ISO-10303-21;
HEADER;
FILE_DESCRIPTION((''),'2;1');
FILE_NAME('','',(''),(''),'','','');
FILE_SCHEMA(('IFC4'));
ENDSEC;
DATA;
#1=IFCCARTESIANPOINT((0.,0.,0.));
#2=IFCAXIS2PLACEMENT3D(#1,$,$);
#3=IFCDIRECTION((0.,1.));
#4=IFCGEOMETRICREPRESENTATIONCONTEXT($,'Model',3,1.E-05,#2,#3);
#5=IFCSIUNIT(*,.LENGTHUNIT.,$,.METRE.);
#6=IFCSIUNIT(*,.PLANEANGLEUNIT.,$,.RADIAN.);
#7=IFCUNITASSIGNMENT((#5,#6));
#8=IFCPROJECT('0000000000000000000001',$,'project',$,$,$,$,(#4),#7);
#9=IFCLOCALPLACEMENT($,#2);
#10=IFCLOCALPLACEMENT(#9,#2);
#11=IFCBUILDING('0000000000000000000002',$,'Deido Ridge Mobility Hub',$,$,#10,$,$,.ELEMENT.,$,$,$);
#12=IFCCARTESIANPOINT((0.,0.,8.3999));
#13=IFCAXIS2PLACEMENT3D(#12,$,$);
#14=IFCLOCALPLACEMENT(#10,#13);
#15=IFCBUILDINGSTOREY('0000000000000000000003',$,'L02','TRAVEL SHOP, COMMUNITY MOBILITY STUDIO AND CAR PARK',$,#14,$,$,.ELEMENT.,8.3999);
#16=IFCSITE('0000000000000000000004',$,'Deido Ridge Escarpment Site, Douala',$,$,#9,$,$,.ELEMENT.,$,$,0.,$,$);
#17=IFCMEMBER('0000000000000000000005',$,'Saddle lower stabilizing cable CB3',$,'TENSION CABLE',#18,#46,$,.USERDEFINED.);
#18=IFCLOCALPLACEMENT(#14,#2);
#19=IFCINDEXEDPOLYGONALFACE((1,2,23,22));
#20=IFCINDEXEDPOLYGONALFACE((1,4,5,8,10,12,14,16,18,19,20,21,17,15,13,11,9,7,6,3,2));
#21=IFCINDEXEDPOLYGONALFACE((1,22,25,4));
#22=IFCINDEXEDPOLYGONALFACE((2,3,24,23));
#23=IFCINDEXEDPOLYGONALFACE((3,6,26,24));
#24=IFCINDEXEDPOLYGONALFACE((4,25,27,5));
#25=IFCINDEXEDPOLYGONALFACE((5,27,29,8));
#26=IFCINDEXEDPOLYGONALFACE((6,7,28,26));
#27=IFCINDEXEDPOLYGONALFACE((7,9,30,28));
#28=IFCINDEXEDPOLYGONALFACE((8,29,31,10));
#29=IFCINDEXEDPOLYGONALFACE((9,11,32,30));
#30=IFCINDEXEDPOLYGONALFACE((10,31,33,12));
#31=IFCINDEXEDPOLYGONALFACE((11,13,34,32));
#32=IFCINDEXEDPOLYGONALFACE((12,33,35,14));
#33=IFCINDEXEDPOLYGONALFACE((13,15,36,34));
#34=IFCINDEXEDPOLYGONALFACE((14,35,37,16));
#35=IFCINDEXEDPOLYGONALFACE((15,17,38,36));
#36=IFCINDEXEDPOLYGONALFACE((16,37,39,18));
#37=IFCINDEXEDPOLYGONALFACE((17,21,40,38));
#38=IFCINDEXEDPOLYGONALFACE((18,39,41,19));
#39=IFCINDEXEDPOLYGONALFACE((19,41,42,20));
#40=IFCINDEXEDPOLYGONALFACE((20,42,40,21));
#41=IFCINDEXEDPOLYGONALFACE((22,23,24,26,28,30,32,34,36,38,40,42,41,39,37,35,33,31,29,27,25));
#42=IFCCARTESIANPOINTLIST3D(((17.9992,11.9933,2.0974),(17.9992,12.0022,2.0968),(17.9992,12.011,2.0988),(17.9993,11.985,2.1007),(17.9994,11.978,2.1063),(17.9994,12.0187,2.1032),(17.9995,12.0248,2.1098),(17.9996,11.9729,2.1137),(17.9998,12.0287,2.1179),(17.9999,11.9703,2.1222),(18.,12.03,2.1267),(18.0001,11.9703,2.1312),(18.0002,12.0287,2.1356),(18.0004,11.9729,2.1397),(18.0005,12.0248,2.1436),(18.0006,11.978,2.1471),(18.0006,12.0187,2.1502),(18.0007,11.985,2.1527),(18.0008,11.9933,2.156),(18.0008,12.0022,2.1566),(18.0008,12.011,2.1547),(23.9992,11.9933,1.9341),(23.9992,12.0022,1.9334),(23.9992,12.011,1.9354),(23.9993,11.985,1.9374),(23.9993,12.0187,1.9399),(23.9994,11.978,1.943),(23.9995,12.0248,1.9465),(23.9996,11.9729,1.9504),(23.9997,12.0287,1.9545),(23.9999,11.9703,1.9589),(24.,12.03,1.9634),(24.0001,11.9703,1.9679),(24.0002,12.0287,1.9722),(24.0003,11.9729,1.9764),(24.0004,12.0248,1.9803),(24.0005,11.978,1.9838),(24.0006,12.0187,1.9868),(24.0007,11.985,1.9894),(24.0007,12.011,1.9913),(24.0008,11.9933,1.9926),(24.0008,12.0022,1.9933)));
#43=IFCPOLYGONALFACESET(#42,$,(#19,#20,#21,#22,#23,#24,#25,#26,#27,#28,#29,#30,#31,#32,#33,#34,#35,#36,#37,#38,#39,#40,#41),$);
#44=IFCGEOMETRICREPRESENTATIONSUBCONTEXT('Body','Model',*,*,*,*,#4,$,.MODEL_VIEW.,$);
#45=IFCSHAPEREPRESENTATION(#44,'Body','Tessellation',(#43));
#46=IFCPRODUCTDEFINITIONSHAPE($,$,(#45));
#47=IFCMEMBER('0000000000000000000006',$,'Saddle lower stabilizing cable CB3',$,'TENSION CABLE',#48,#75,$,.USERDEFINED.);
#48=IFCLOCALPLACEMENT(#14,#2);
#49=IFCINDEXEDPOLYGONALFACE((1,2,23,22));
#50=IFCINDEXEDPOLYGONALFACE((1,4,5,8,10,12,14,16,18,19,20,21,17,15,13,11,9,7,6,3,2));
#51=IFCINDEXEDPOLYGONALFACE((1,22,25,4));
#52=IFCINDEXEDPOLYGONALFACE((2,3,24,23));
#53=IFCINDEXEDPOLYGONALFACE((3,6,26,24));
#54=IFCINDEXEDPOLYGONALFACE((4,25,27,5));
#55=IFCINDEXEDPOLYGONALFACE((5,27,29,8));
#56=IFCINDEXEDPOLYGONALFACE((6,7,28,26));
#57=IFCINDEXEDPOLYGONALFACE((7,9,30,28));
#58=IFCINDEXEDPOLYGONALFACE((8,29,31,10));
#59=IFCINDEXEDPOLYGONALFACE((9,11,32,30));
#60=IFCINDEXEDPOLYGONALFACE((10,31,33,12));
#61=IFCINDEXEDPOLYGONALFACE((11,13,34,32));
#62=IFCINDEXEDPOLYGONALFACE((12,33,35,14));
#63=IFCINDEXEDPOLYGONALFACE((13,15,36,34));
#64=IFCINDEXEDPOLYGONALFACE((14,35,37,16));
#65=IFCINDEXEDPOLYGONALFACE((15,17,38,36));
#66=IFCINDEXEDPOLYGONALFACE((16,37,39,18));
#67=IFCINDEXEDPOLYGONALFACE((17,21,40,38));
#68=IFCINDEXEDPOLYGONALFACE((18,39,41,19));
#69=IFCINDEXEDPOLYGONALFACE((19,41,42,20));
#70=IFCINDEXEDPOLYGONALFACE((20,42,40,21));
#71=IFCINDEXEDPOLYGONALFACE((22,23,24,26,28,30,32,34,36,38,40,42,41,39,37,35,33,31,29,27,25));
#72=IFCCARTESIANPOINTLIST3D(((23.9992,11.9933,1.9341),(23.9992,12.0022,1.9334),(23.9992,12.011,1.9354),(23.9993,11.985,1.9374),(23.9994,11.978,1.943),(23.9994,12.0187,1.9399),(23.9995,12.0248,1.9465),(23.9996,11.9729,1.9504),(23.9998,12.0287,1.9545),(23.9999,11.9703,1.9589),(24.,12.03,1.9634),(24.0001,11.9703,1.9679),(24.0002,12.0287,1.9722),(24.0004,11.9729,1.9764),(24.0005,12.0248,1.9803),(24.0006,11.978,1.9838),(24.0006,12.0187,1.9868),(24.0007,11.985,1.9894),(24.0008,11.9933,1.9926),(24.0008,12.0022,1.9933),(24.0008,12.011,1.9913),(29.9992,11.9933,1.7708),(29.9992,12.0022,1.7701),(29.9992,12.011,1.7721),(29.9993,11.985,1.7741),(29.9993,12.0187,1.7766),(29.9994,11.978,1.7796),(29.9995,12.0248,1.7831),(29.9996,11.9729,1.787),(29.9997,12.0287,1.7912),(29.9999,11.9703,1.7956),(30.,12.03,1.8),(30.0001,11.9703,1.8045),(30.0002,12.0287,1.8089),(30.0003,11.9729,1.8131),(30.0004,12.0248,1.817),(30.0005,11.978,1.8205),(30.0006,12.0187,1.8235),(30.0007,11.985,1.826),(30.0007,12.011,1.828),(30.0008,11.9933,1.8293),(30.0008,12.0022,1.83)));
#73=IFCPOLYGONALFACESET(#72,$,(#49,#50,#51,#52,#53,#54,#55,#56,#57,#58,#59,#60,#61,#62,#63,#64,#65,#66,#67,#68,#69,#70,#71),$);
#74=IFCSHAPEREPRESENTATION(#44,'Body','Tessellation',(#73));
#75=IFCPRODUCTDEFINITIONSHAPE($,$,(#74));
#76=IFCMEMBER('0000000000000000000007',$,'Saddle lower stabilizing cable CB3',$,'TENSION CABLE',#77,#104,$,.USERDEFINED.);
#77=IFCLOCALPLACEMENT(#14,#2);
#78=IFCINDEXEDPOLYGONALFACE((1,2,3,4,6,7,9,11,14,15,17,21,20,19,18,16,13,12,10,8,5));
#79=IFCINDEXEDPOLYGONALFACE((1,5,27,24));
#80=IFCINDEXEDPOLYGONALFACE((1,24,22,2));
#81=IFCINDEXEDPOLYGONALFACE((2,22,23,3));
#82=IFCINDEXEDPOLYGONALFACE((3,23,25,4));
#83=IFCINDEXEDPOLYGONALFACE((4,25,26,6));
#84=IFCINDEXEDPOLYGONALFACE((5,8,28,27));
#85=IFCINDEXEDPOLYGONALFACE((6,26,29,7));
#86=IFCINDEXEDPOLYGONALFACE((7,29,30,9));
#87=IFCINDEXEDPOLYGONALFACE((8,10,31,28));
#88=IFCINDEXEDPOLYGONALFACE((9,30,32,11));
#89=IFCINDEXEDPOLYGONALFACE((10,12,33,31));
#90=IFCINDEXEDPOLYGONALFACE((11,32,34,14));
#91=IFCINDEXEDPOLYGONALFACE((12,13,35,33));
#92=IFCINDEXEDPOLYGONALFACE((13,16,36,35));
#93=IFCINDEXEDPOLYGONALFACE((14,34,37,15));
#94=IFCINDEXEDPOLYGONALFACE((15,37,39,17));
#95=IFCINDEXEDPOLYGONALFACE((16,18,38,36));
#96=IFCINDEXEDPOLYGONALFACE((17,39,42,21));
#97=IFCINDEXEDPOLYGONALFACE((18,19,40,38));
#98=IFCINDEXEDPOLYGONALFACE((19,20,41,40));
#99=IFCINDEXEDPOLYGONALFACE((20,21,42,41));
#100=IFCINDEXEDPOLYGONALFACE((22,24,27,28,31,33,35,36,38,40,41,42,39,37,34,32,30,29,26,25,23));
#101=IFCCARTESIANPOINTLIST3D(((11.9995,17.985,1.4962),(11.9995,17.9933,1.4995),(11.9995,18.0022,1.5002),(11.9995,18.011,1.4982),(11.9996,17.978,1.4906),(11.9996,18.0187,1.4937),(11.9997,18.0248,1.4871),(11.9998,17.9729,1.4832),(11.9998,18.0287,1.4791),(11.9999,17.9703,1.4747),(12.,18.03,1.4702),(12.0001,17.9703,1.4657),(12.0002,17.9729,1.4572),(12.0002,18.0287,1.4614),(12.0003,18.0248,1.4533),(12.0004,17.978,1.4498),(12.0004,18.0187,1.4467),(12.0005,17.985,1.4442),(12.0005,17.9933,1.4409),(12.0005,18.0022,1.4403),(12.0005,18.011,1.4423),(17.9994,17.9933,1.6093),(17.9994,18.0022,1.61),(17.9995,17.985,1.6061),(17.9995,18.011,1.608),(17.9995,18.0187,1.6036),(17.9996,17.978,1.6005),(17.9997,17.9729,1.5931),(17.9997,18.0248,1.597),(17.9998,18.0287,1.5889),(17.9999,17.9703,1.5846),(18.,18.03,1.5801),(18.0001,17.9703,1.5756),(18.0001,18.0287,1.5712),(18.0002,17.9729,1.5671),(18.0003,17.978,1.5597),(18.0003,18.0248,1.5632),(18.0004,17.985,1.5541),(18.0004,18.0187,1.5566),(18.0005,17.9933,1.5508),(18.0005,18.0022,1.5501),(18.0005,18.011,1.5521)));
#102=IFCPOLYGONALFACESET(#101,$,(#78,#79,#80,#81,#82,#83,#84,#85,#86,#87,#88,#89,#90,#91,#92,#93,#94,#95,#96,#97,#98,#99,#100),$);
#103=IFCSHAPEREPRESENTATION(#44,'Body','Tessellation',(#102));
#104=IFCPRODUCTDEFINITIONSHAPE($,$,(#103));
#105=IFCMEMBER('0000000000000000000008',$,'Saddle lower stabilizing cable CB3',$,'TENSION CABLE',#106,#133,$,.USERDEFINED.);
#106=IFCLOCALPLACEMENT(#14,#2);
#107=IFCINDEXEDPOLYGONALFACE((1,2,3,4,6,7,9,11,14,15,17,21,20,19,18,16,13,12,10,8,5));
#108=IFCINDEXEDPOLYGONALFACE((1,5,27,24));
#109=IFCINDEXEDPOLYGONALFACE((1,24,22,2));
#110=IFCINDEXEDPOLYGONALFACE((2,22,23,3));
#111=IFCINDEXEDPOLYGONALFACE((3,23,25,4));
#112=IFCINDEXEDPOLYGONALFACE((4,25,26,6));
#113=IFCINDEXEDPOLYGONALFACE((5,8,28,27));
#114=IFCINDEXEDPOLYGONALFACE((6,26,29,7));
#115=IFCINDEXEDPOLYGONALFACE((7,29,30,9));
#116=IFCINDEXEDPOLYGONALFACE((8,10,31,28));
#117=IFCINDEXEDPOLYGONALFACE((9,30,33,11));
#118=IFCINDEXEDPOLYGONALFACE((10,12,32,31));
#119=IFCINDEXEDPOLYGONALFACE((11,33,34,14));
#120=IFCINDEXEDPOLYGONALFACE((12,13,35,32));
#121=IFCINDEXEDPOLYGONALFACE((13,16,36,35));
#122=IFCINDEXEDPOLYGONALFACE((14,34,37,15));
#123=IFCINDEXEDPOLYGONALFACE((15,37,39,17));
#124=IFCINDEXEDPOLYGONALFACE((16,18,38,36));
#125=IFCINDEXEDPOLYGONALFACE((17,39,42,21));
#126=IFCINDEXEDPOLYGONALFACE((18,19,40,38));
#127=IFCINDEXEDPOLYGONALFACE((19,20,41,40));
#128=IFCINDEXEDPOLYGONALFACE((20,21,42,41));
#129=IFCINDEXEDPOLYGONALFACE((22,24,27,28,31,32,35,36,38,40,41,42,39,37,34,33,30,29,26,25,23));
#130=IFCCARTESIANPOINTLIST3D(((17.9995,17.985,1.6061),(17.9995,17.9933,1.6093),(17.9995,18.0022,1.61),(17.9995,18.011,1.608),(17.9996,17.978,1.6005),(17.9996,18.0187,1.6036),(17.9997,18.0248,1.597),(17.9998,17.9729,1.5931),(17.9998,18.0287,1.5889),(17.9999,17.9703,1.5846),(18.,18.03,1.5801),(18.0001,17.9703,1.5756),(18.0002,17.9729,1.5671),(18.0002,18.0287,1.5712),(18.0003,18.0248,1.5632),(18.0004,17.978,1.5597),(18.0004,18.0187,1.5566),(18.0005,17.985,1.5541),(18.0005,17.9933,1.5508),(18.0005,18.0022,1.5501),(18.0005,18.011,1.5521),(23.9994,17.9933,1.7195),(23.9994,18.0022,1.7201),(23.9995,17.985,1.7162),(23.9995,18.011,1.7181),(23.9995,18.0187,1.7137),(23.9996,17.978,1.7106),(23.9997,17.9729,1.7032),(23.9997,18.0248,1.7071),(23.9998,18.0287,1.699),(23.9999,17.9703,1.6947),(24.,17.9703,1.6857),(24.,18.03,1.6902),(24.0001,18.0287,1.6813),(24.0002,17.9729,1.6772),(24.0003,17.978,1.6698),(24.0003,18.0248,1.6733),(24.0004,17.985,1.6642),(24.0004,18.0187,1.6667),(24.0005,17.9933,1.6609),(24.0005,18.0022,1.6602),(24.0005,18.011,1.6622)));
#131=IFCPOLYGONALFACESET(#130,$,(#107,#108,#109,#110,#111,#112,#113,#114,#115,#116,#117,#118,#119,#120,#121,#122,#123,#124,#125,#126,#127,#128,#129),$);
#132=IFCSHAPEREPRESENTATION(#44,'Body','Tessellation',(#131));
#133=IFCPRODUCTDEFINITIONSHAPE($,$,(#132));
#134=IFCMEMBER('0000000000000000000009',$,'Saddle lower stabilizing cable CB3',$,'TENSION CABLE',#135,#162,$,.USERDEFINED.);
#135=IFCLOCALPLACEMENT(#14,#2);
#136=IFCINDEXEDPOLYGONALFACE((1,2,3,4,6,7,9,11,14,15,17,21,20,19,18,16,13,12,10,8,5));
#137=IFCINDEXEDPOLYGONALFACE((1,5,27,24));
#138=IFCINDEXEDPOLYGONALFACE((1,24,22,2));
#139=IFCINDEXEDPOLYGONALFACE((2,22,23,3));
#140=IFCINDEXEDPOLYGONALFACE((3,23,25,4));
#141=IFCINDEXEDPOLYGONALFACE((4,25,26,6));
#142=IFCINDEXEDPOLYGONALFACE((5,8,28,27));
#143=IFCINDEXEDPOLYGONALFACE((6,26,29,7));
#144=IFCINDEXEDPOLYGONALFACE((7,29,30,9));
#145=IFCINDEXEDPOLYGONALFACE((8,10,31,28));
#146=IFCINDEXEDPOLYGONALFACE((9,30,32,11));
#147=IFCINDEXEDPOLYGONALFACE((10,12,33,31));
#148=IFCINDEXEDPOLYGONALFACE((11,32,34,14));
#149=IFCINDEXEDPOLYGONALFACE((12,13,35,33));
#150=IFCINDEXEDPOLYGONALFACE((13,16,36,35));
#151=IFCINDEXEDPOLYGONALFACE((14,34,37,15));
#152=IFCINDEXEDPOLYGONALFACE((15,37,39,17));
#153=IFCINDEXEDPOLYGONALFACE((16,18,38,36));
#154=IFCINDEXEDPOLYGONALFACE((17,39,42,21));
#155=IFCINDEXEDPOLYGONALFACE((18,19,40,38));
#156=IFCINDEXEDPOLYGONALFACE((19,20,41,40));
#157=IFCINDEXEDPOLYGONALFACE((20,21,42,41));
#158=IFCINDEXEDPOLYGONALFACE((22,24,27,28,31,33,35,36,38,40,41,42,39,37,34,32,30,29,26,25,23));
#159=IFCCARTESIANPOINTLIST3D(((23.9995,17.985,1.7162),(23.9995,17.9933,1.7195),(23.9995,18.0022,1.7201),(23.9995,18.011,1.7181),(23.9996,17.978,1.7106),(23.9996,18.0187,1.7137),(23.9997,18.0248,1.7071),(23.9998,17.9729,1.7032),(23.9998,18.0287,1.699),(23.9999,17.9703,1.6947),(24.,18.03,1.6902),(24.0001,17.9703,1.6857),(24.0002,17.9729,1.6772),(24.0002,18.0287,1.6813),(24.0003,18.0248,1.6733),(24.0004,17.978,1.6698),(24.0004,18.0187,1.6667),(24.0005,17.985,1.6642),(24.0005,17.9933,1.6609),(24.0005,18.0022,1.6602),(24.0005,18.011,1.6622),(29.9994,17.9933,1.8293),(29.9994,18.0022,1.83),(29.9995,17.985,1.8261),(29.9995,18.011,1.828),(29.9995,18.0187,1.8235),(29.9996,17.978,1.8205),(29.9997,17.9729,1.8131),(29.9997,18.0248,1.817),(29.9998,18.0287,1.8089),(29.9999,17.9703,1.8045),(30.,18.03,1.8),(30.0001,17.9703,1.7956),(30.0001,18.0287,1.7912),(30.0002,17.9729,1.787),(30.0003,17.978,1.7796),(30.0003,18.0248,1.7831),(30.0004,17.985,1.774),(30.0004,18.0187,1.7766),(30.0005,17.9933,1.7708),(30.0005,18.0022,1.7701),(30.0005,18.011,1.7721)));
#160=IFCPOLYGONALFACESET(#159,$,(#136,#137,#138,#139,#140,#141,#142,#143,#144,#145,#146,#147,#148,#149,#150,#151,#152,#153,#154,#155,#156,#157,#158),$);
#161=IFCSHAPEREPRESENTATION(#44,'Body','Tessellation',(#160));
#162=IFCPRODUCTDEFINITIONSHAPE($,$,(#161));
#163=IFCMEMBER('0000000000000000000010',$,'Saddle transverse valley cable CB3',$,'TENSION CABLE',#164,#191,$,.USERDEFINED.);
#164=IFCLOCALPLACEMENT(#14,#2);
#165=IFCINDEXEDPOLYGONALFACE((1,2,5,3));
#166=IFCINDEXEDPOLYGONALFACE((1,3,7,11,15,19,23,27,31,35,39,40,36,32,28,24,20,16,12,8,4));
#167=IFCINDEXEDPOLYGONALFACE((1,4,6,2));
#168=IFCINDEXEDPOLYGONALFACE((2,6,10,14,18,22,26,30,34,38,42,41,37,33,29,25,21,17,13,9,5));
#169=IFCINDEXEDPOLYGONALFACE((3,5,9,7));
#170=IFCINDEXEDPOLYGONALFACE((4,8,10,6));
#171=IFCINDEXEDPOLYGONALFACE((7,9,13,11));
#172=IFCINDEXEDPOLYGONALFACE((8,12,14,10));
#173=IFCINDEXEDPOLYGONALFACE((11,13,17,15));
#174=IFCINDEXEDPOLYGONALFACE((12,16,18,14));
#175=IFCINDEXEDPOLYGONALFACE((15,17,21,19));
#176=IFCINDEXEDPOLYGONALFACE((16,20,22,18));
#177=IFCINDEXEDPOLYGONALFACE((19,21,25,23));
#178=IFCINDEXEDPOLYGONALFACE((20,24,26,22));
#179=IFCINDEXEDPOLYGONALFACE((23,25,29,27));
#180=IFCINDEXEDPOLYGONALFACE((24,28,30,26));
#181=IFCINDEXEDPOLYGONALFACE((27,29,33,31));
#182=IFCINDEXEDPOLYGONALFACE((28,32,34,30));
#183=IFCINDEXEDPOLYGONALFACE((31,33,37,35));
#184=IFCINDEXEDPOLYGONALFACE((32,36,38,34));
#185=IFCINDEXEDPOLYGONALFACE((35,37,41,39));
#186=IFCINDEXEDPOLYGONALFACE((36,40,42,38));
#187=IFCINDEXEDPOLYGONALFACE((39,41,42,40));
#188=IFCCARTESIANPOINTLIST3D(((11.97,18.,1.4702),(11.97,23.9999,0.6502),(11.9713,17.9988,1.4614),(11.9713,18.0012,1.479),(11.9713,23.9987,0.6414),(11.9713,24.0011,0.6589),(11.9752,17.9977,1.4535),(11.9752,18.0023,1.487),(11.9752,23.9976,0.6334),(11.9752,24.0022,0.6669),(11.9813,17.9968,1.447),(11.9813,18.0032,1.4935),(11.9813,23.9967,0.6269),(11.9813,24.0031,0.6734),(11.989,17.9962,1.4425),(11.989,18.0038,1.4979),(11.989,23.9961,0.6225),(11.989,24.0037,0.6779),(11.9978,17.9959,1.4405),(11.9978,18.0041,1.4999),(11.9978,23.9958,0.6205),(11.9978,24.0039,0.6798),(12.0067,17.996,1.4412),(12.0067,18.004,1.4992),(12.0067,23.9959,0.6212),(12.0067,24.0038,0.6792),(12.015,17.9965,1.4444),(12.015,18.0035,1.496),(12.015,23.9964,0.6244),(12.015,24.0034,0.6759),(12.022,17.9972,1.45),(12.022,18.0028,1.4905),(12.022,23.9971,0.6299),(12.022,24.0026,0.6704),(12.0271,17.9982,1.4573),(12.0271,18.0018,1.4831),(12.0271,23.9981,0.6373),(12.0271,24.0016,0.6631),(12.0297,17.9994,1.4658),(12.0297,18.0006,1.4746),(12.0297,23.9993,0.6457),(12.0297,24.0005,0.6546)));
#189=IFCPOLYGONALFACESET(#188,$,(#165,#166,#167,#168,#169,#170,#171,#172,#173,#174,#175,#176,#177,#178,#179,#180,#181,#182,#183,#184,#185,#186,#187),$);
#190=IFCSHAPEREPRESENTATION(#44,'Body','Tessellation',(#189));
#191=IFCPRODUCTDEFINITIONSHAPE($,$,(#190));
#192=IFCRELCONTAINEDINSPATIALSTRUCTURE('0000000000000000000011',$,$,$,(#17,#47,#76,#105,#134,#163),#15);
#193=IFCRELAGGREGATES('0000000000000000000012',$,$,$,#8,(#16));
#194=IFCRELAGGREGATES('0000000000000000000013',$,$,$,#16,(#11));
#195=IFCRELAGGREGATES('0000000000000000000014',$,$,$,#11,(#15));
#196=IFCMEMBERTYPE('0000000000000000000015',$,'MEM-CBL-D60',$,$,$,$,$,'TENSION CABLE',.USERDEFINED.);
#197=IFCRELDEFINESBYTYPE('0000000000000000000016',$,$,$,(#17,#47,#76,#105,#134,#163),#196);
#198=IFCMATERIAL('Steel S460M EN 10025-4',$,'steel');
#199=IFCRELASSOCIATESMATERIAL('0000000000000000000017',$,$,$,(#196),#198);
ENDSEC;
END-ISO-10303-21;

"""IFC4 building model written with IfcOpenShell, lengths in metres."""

from ifc_helpers import new_model, si_unit, direction, frame, origin, origin_2d, place, context, subcontext, project, spatial, circle, extrude, material, material_profile, profile_set, type_object, element, save


model = new_model("IFC4")

# Units and contexts
model_context = context("Model", 3, precision=1e-05, world=origin(), true_north=direction((0.0, 1.0)))
body_context = subcontext(model_context, "Body", "Model", "MODEL_VIEW")
ifc_project = project(units=[si_unit("LENGTHUNIT", "METRE"), si_unit("PLANEANGLEUNIT", "RADIAN")], contexts=[model_context])

# Site, building, storey
site_placement = place(None, origin())
site = spatial("IfcSite", under=ifc_project, at=site_placement, Name="Deido Ridge Escarpment Site, Douala", CompositionType="ELEMENT", RefElevation=0.0)
building_placement = place(site_placement, origin())
building = spatial("IfcBuilding", under=site, at=building_placement, Name="Deido Ridge Mobility Hub", CompositionType="ELEMENT")
storey_placement = place(building_placement, frame((0.0, 0.0, 8.3999)))
storey = spatial("IfcBuildingStorey", under=building, at=storey_placement, Name="L02", Description="TRAVEL SHOP, COMMUNITY MOBILITY STUDIO AND CAR PARK", CompositionType="ELEMENT", Elevation=8.3999)

# Members
ifc_material_1 = material(Name="Steel S460M EN 10025-4", Category="steel")
ifc_material_profile_1 = material_profile(ifc_material_1, circle(Radius=0.03, at=origin_2d()), Name="CABLE D60")
ifc_profile_set_1 = profile_set([ifc_material_profile_1], Name="Steel S460M EN 10025-4")
member_type_1 = type_object("IfcMemberType", Name="MEM-CBL-D60", ElementType="TENSION CABLE", PredefinedType="USERDEFINED", material=ifc_profile_set_1)
for number, where, z_axis, x_axis, name in (
    (1, (18.0, 12.0, 2.1267), (0.99963, 0.0, -0.027212), (0.0, 1.0, 0.0), "Saddle lower stabilizing cable CB3"),
    (2, (24.0, 12.0, 1.9634), (0.99963, 0.0, -0.027212), (0.0, 1.0, 0.0), "Saddle lower stabilizing cable CB3"),
):
    element("IfcMember", number, at=place(storey_placement, frame(where, z_axis=z_axis, x_axis=x_axis)), inside=storey, type_object=member_type_1, Name=name, ObjectType="TENSION CABLE", PredefinedType="USERDEFINED", context=body_context, shape_type="SweptSolid", body=[
        extrude(circle(Radius=0.03, at=origin_2d()), origin(), (0.0, 0.0, 1.0), 6.0022),
    ])
for number, where, z_axis, x_axis, name in (
    (3, (12.0, 18.0, 1.4702), (0.999832, 0.0, 0.018307), (0.0, 1.0, 0.0), "Saddle lower stabilizing cable CB3"),
    (4, (18.0, 18.0, 1.5801), (0.999832, 0.0, 0.018348), (0.0, 1.0, 0.0), "Saddle lower stabilizing cable CB3"),
    (5, (24.0, 18.0, 1.6902), (0.999832, 0.0, 0.018307), (0.0, 1.0, 0.0), "Saddle lower stabilizing cable CB3"),
):
    element("IfcMember", number, at=place(storey_placement, frame(where, z_axis=z_axis, x_axis=x_axis)), inside=storey, type_object=member_type_1, Name=name, ObjectType="TENSION CABLE", PredefinedType="USERDEFINED", context=body_context, shape_type="SweptSolid", body=[
        extrude(circle(Radius=0.03, at=origin_2d()), origin(), (0.0, 0.0, 1.0), 6.001),
    ])
member_1_placement = place(storey_placement, frame((12.0, 18.0, 1.4702), z_axis=(0.0, 0.990788, -0.135419), x_axis=(-1.0, 0.0, 0.0)))
element("IfcMember", 6, at=member_1_placement, inside=storey, type_object=member_type_1, Name="Saddle transverse valley cable CB3", ObjectType="TENSION CABLE", PredefinedType="USERDEFINED", context=body_context, shape_type="SweptSolid", body=[
    extrude(circle(Radius=0.03, at=origin_2d()), origin(), (0.0, 0.0, 1.0), 6.0557),
])

save(model, "model.ifc")
